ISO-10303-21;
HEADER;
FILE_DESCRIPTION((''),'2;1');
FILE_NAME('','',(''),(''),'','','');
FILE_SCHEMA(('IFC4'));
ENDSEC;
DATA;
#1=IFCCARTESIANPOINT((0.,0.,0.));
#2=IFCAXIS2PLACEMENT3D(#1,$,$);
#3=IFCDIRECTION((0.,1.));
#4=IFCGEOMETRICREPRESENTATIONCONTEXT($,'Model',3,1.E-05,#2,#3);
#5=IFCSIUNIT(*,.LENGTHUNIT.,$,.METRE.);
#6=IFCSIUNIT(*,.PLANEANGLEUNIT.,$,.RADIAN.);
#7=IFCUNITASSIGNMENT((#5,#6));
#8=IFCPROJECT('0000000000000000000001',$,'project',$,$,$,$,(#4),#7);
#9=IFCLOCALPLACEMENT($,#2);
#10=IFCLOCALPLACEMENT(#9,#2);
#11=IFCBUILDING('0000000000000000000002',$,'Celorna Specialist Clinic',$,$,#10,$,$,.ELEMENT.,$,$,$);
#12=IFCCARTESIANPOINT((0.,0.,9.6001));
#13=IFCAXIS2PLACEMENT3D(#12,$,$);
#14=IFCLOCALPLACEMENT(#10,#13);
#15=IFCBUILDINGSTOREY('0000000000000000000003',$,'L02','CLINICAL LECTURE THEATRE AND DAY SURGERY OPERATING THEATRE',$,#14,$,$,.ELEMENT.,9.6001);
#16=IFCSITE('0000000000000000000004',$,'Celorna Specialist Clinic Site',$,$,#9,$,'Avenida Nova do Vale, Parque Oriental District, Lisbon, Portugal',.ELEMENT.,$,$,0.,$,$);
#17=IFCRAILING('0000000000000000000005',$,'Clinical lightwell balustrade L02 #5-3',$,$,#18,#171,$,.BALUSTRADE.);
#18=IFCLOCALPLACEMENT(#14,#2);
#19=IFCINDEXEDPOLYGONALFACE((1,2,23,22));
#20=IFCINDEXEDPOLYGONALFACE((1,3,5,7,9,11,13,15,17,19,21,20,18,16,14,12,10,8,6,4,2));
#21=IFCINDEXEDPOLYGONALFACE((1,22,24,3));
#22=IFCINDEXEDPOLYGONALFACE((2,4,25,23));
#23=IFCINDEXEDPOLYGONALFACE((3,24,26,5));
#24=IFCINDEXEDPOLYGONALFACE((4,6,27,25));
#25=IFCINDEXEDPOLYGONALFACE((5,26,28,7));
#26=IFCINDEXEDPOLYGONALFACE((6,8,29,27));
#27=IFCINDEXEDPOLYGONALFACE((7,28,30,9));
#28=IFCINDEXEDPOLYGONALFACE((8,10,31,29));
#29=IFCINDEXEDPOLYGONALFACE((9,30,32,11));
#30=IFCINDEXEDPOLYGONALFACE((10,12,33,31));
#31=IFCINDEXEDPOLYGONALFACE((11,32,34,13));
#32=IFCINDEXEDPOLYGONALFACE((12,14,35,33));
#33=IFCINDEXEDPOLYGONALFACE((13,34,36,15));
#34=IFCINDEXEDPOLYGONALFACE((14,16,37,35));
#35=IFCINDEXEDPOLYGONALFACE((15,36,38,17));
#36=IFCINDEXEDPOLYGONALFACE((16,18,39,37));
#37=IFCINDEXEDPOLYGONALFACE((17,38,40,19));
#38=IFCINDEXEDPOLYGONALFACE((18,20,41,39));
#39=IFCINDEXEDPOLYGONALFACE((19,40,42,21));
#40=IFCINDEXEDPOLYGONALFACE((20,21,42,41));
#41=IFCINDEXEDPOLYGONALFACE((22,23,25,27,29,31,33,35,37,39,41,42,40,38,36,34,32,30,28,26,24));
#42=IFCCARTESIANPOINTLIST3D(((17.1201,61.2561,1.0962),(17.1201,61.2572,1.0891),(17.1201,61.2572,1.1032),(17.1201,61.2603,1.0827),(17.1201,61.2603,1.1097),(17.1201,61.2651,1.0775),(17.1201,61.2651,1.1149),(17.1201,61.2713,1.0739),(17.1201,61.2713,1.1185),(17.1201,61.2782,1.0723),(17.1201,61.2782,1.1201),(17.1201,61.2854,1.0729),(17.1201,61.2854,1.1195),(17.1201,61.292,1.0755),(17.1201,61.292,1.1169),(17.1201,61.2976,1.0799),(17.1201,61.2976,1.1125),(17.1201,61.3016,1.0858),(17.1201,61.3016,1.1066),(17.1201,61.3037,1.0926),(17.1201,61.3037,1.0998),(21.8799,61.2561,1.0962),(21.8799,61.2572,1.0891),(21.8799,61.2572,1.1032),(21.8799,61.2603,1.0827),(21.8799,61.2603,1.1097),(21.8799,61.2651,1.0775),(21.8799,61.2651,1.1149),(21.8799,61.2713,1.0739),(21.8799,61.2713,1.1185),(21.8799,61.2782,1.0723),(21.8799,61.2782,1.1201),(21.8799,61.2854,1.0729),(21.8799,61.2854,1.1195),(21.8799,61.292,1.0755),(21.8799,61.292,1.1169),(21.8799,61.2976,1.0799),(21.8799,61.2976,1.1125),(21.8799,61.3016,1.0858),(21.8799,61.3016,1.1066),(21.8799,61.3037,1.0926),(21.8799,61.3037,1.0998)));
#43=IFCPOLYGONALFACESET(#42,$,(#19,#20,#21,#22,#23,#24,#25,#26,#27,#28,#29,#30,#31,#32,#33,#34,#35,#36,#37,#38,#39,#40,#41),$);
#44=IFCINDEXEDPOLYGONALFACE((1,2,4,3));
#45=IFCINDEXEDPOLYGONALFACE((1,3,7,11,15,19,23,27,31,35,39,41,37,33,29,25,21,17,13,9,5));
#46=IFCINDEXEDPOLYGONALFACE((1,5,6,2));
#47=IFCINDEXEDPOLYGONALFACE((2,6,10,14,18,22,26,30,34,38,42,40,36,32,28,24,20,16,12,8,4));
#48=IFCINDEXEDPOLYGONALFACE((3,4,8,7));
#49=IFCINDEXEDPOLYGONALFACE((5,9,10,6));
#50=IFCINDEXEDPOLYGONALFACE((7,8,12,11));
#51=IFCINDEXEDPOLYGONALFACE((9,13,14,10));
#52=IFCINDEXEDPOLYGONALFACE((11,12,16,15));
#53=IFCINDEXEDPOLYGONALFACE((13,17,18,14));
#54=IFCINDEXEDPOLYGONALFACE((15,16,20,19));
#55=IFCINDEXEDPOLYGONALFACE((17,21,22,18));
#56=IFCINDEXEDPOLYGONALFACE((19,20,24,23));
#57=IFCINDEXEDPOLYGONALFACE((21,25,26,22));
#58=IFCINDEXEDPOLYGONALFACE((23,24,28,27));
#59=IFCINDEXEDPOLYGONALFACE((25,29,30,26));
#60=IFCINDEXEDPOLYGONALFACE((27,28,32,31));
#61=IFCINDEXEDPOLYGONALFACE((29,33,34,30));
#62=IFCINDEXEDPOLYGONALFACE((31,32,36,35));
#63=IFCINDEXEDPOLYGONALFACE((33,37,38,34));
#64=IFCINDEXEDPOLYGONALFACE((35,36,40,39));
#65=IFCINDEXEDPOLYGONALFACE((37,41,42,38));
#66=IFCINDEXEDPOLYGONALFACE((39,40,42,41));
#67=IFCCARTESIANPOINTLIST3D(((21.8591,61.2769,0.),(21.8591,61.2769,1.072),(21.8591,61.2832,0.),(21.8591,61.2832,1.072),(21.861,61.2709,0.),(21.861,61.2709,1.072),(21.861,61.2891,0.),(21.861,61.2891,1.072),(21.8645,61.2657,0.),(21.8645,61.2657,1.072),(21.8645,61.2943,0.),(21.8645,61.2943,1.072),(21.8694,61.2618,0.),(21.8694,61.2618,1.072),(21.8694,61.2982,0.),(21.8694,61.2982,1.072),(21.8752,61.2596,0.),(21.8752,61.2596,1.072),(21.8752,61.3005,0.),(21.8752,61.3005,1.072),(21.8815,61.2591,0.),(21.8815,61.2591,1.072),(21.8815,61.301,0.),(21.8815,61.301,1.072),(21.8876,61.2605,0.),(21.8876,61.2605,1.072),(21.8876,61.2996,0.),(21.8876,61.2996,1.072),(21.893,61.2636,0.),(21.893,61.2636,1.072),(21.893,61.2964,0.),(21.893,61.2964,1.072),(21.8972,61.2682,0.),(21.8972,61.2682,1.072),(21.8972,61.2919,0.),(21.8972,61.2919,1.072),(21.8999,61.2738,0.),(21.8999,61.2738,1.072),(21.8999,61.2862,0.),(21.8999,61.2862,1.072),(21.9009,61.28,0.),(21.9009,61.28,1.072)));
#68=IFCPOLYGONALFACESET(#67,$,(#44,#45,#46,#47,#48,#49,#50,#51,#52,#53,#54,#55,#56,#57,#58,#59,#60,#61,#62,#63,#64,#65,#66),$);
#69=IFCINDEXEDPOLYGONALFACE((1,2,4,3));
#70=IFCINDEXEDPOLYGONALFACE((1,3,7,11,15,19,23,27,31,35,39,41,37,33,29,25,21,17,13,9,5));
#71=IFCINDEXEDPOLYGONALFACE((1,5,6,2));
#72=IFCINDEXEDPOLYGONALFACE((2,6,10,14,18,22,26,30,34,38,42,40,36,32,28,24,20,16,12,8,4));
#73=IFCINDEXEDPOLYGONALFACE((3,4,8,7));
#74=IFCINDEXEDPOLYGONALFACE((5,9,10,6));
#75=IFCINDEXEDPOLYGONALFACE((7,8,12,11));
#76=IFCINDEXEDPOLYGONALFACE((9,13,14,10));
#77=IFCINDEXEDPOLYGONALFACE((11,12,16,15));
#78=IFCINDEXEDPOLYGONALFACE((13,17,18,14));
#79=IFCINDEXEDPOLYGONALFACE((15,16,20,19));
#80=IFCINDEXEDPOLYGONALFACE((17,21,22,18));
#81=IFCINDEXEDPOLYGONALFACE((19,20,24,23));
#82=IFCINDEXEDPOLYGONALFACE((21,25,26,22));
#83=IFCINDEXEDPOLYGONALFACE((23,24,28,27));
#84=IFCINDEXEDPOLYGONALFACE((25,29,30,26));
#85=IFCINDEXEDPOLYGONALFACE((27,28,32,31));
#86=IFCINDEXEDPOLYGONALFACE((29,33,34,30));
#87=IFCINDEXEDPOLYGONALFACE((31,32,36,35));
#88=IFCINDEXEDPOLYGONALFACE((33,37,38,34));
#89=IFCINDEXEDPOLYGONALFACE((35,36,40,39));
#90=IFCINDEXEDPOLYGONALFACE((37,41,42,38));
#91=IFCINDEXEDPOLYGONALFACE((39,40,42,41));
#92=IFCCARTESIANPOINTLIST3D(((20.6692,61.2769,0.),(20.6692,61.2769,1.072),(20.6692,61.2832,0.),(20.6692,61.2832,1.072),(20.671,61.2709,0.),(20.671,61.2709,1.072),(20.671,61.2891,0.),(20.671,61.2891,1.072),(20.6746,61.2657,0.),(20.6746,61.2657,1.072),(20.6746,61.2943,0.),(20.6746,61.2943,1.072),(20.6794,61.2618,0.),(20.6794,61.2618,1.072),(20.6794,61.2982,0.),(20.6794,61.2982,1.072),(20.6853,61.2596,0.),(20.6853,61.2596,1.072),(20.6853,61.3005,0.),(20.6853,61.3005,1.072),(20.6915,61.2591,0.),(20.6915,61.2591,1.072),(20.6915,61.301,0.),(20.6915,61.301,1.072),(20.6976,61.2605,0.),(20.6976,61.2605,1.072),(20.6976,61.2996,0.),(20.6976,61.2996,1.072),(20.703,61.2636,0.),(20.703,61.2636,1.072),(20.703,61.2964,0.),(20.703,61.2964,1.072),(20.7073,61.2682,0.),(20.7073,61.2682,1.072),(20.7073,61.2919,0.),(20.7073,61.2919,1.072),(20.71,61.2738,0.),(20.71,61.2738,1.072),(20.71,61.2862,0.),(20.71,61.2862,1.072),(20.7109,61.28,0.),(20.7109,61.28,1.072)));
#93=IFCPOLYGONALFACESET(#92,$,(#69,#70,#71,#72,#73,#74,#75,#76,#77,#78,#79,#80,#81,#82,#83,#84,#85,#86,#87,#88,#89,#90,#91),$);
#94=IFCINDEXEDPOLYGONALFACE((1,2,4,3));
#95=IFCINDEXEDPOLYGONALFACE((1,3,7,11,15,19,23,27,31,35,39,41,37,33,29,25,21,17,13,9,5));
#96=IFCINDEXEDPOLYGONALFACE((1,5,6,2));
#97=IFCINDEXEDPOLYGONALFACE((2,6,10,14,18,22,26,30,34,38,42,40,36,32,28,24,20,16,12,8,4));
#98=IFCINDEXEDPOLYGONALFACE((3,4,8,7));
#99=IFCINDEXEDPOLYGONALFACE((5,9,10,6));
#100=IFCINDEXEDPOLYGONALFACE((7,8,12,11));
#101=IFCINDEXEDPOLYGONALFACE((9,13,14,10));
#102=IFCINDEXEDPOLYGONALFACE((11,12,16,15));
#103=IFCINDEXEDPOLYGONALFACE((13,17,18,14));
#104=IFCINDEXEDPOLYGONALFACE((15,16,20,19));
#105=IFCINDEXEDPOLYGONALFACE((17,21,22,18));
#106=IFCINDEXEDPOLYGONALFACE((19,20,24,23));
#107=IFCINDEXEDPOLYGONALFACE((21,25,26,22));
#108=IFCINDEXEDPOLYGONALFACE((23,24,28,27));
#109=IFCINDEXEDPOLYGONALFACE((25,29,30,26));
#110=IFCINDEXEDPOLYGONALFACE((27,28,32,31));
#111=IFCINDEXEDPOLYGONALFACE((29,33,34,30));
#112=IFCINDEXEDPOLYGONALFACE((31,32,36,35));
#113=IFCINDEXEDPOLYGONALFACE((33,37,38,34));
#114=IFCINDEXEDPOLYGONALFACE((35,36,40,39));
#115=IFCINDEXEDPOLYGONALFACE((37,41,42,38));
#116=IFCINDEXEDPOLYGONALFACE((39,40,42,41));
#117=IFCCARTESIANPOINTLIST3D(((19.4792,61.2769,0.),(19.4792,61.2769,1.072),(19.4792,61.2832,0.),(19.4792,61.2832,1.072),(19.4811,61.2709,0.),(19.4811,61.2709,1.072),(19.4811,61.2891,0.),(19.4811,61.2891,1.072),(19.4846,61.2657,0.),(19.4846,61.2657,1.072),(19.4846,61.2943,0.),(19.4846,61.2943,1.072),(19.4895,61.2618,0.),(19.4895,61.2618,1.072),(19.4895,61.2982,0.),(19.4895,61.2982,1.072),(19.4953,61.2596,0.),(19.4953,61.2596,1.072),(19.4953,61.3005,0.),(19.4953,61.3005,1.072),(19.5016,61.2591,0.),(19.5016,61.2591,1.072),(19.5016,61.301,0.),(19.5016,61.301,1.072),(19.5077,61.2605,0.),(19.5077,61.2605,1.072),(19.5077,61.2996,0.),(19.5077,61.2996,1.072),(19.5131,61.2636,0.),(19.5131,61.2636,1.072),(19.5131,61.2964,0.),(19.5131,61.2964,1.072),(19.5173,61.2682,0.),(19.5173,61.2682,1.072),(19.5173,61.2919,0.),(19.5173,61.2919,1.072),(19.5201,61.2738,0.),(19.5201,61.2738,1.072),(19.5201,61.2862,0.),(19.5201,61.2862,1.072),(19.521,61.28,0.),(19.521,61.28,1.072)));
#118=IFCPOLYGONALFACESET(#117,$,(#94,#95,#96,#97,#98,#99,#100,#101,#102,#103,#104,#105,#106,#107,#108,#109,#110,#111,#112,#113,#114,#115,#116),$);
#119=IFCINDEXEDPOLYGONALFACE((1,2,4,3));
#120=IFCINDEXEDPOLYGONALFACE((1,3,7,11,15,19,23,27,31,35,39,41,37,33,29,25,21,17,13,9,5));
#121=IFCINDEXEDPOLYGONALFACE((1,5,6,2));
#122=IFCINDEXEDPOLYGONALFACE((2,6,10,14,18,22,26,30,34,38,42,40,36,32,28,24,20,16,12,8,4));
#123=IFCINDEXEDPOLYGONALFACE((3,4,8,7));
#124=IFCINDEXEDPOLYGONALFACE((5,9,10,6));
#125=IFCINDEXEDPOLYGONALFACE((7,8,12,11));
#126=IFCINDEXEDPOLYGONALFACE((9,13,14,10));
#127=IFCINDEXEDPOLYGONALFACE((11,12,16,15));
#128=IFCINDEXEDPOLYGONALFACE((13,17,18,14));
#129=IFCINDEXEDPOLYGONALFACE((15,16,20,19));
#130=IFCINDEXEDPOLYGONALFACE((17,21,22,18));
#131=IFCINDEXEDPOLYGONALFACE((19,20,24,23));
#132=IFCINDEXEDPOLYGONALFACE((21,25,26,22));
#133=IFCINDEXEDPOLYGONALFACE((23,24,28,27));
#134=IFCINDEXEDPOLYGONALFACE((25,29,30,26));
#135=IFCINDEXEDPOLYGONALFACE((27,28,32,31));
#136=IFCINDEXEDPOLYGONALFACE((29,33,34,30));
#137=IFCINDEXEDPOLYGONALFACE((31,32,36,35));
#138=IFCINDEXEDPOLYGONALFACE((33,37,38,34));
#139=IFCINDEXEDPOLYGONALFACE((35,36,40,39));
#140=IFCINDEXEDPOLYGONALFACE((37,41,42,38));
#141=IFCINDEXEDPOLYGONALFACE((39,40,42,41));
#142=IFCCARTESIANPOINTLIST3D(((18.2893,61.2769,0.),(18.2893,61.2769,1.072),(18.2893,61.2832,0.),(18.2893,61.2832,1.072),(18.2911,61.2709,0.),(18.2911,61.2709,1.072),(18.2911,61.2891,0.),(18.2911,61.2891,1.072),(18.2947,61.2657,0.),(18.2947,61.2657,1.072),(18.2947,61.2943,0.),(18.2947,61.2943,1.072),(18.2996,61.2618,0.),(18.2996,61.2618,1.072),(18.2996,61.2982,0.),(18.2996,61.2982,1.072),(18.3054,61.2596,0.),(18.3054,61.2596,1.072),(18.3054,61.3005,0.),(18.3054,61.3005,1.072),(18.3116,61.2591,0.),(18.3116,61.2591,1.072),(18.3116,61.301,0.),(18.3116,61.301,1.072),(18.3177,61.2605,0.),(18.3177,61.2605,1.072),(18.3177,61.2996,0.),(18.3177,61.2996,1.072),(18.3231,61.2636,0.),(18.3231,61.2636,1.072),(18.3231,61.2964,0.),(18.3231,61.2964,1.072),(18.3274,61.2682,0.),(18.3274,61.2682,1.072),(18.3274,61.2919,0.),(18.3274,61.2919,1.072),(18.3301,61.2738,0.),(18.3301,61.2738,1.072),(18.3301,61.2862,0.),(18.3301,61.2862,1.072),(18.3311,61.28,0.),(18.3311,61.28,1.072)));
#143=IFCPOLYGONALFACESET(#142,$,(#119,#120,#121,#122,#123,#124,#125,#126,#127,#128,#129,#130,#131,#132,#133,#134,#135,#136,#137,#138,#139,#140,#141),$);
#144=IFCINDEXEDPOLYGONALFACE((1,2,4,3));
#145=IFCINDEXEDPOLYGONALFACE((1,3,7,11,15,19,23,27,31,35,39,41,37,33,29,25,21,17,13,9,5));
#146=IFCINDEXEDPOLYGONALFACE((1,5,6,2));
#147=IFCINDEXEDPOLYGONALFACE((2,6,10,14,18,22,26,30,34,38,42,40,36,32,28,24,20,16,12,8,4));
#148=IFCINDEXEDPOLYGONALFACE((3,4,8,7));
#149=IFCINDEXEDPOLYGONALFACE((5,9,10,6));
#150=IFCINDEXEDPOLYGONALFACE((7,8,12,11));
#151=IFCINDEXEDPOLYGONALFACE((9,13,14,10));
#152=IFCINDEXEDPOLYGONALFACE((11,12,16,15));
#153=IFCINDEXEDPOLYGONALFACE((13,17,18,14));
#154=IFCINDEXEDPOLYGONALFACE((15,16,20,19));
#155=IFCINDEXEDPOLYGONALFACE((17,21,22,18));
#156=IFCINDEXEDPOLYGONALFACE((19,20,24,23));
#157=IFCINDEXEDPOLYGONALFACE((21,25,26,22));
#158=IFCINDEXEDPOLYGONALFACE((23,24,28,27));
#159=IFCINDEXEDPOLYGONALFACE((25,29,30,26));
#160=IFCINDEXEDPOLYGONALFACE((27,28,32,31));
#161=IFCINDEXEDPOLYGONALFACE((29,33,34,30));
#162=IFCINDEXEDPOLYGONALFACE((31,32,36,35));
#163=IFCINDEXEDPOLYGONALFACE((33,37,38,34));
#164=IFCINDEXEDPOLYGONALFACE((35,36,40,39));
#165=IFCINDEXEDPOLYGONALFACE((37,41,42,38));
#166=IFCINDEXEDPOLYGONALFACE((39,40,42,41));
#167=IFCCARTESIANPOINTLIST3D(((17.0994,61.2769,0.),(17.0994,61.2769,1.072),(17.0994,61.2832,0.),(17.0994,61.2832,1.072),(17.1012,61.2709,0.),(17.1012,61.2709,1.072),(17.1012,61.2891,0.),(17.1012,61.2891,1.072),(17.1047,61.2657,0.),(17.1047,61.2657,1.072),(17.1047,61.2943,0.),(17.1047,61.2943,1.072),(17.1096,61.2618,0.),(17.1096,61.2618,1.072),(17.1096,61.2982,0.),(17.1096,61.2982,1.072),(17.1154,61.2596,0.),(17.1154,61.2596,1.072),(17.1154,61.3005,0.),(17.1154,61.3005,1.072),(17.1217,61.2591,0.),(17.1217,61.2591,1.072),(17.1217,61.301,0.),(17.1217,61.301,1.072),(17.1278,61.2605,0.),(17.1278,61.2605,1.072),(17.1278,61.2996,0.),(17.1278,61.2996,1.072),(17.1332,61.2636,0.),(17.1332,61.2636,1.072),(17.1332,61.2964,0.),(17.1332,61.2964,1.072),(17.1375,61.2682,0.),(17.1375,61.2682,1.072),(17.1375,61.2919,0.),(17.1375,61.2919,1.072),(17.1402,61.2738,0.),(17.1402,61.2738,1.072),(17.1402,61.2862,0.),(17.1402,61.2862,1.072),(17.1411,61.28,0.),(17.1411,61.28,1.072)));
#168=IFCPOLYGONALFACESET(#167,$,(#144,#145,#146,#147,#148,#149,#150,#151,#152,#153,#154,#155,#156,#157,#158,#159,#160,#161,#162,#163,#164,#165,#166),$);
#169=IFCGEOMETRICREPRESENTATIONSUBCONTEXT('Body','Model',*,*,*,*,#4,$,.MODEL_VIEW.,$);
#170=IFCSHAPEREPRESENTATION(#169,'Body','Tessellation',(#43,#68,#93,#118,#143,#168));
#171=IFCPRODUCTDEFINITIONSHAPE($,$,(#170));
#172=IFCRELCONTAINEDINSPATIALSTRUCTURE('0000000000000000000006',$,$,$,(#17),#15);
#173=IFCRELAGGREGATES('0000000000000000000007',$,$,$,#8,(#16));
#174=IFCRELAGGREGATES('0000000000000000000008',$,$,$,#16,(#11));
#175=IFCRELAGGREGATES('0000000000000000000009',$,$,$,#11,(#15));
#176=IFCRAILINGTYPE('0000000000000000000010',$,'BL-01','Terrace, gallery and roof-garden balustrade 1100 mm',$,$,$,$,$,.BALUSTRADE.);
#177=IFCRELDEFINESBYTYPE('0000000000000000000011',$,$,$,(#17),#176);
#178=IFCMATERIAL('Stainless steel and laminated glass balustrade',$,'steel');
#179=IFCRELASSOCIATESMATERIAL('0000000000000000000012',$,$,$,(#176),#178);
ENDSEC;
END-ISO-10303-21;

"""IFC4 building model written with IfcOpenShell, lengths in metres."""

from ifc_helpers import new_model, si_unit, direction, frame, origin, origin_2d, place, context, subcontext, project, spatial, circle, extrude, material, type_object, element, save


model = new_model("IFC4")

# Units and contexts
model_context = context("Model", 3, precision=1e-05, world=origin(), true_north=direction((0.0, 1.0)))
body_context = subcontext(model_context, "Body", "Model", "MODEL_VIEW")
ifc_project = project(units=[si_unit("LENGTHUNIT", "METRE"), si_unit("PLANEANGLEUNIT", "RADIAN")], contexts=[model_context])

# Site, building, storey
site_placement = place(None, origin())
site = spatial("IfcSite", under=ifc_project, at=site_placement, Name="Celorna Specialist Clinic Site", LongName="Avenida Nova do Vale, Parque Oriental District, Lisbon, Portugal", CompositionType="ELEMENT", RefElevation=0.0)
building_placement = place(site_placement, origin())
building = spatial("IfcBuilding", under=site, at=building_placement, Name="Celorna Specialist Clinic", CompositionType="ELEMENT")
storey_placement = place(building_placement, frame((0.0, 0.0, 9.6001)))
storey = spatial("IfcBuildingStorey", under=building, at=storey_placement, Name="L02", Description="CLINICAL LECTURE THEATRE AND DAY SURGERY OPERATING THEATRE", CompositionType="ELEMENT", Elevation=9.6001)

# Railing
ifc_material_1 = material(Name="Stainless steel and laminated glass balustrade", Category="steel")
railing_type = type_object("IfcRailingType", Name="BL-01", Description="Terrace, gallery and roof-garden balustrade 1100 mm", PredefinedType="BALUSTRADE", material=ifc_material_1)
railing_1_placement = place(storey_placement, frame((21.8799, 61.28, 0.0)))
element("IfcRailing", 1, at=railing_1_placement, inside=storey, type_object=railing_type, Name="Clinical lightwell balustrade L02 #5-3", PredefinedType="BALUSTRADE", context=body_context, shape_type="SweptSolid", body=[
    extrude(circle(Radius=0.0239, at=origin_2d()), frame((0.0, 0.0, 1.0962), z_axis=(-1.0, 0.0, 0.0), x_axis=(0.0, -1.0, 0.0)), (0.0, 0.0, 1.0), 4.7598),
    extrude(circle(Radius=0.021, at=origin_2d()), origin(), (0.0, 0.0, 1.0), 1.072),
    extrude(circle(Radius=0.021, at=origin_2d()), frame((-1.1899, 0.0, 0.0)), (0.0, 0.0, 1.0), 1.072),
    extrude(circle(Radius=0.021, at=origin_2d()), frame((-2.3799, 0.0, 0.0)), (0.0, 0.0, 1.0), 1.072),
    extrude(circle(Radius=0.021, at=origin_2d()), frame((-3.5698, 0.0, 0.0)), (0.0, 0.0, 1.0), 1.072),
    extrude(circle(Radius=0.021, at=origin_2d()), frame((-4.7598, 0.0, 0.0)), (0.0, 0.0, 1.0), 1.072),
])

save(model, "model.ifc")
